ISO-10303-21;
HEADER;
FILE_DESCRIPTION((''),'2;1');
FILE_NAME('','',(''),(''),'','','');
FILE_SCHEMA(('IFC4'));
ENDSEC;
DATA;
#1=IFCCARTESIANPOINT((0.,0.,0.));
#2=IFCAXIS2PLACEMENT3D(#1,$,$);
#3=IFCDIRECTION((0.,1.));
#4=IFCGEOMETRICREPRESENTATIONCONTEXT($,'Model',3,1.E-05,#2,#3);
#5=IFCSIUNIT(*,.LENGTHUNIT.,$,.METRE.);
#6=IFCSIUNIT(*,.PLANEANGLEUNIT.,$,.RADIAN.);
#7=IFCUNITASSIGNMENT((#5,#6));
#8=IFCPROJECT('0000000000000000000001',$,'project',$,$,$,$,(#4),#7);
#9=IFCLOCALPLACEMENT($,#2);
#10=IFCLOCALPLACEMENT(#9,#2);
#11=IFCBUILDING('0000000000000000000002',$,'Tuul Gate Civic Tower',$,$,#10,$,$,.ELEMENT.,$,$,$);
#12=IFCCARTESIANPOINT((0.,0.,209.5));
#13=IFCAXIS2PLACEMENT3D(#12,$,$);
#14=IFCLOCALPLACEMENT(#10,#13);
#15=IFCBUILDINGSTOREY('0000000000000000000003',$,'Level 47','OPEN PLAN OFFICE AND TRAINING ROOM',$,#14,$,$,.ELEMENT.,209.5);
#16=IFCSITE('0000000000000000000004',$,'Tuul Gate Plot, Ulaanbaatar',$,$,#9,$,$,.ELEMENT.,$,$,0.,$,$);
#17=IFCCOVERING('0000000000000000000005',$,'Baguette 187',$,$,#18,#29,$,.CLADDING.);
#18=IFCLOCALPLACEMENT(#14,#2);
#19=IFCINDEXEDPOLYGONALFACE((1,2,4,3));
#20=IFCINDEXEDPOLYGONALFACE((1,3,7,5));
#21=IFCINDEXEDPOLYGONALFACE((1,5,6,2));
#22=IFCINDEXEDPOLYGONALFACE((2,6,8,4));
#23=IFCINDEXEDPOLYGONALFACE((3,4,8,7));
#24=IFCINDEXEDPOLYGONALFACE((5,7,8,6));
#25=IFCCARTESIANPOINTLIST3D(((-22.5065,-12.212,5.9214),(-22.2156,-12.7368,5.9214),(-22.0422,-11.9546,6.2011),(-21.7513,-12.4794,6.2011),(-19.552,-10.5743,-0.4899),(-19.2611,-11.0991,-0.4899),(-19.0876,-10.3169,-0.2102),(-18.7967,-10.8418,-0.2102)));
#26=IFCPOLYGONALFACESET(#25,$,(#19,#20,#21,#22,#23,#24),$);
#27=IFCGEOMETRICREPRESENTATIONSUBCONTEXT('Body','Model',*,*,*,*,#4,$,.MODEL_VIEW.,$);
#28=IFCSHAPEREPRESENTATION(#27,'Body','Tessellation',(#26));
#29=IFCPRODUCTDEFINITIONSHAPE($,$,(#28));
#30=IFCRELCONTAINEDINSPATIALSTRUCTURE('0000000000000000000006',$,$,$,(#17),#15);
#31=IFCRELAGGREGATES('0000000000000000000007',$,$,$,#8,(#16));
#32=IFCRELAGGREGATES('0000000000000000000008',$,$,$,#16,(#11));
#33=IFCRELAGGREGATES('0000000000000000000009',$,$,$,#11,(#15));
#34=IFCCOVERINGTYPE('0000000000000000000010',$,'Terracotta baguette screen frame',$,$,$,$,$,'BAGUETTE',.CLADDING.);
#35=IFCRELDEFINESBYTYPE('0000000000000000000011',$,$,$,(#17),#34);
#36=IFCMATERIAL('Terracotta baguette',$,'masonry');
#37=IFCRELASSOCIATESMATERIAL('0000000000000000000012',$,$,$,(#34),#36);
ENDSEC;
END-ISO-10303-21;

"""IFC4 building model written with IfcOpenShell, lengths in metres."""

from ifc_helpers import new_model, si_unit, direction, frame, origin, origin_2d, place, context, subcontext, project, spatial, rectangle, extrude, material, material_profile, profile_set, type_object, element, save


model = new_model("IFC4")

# Units and contexts
model_context = context("Model", 3, precision=1e-05, world=origin(), true_north=direction((0.0, 1.0)))
body_context = subcontext(model_context, "Body", "Model", "MODEL_VIEW")
ifc_project = project(units=[si_unit("LENGTHUNIT", "METRE"), si_unit("PLANEANGLEUNIT", "RADIAN")], contexts=[model_context])

# Site, building, storey
site_placement = place(None, origin())
site = spatial("IfcSite", under=ifc_project, at=site_placement, Name="Tuul Gate Plot, Ulaanbaatar", CompositionType="ELEMENT", RefElevation=0.0)
building_placement = place(site_placement, origin())
building = spatial("IfcBuilding", under=site, at=building_placement, Name="Tuul Gate Civic Tower", CompositionType="ELEMENT")
storey_placement = place(building_placement, frame((0.0, 0.0, 209.5)))
storey = spatial("IfcBuildingStorey", under=building, at=storey_placement, Name="Level 47", Description="OPEN PLAN OFFICE AND TRAINING ROOM", CompositionType="ELEMENT", Elevation=209.5)

# Covering
ifc_material_1 = material(Name="Terracotta baguette", Category="masonry")
ifc_material_profile_1 = material_profile(ifc_material_1, rectangle(XDim=0.6001, YDim=0.6001, at=origin_2d()), Name="Terracotta baguette screen frame")
ifc_profile_set_1 = profile_set([ifc_material_profile_1], Name="Terracotta baguette")
covering_type = type_object("IfcCoveringType", Name="Terracotta baguette screen frame", ElementType="BAGUETTE", PredefinedType="CLADDING", material=ifc_profile_set_1)
covering_placement = place(storey_placement, frame((-22.1289, -12.3457, 6.0613), z_axis=(0.407705, 0.225986, -0.884707), x_axis=(-0.484796, 0.874627, 0.0)))
element("IfcCovering", 1, at=covering_placement, inside=storey, type_object=covering_type, Name="Baguette 187", PredefinedType="CLADDING", context=body_context, shape_type="SweptSolid", body=[
    extrude(rectangle(XDim=0.6001, YDim=0.6001, at=origin_2d()), origin(), (0.0, 0.0, 1.0), 7.2468),
])

save(model, "model.ifc")
